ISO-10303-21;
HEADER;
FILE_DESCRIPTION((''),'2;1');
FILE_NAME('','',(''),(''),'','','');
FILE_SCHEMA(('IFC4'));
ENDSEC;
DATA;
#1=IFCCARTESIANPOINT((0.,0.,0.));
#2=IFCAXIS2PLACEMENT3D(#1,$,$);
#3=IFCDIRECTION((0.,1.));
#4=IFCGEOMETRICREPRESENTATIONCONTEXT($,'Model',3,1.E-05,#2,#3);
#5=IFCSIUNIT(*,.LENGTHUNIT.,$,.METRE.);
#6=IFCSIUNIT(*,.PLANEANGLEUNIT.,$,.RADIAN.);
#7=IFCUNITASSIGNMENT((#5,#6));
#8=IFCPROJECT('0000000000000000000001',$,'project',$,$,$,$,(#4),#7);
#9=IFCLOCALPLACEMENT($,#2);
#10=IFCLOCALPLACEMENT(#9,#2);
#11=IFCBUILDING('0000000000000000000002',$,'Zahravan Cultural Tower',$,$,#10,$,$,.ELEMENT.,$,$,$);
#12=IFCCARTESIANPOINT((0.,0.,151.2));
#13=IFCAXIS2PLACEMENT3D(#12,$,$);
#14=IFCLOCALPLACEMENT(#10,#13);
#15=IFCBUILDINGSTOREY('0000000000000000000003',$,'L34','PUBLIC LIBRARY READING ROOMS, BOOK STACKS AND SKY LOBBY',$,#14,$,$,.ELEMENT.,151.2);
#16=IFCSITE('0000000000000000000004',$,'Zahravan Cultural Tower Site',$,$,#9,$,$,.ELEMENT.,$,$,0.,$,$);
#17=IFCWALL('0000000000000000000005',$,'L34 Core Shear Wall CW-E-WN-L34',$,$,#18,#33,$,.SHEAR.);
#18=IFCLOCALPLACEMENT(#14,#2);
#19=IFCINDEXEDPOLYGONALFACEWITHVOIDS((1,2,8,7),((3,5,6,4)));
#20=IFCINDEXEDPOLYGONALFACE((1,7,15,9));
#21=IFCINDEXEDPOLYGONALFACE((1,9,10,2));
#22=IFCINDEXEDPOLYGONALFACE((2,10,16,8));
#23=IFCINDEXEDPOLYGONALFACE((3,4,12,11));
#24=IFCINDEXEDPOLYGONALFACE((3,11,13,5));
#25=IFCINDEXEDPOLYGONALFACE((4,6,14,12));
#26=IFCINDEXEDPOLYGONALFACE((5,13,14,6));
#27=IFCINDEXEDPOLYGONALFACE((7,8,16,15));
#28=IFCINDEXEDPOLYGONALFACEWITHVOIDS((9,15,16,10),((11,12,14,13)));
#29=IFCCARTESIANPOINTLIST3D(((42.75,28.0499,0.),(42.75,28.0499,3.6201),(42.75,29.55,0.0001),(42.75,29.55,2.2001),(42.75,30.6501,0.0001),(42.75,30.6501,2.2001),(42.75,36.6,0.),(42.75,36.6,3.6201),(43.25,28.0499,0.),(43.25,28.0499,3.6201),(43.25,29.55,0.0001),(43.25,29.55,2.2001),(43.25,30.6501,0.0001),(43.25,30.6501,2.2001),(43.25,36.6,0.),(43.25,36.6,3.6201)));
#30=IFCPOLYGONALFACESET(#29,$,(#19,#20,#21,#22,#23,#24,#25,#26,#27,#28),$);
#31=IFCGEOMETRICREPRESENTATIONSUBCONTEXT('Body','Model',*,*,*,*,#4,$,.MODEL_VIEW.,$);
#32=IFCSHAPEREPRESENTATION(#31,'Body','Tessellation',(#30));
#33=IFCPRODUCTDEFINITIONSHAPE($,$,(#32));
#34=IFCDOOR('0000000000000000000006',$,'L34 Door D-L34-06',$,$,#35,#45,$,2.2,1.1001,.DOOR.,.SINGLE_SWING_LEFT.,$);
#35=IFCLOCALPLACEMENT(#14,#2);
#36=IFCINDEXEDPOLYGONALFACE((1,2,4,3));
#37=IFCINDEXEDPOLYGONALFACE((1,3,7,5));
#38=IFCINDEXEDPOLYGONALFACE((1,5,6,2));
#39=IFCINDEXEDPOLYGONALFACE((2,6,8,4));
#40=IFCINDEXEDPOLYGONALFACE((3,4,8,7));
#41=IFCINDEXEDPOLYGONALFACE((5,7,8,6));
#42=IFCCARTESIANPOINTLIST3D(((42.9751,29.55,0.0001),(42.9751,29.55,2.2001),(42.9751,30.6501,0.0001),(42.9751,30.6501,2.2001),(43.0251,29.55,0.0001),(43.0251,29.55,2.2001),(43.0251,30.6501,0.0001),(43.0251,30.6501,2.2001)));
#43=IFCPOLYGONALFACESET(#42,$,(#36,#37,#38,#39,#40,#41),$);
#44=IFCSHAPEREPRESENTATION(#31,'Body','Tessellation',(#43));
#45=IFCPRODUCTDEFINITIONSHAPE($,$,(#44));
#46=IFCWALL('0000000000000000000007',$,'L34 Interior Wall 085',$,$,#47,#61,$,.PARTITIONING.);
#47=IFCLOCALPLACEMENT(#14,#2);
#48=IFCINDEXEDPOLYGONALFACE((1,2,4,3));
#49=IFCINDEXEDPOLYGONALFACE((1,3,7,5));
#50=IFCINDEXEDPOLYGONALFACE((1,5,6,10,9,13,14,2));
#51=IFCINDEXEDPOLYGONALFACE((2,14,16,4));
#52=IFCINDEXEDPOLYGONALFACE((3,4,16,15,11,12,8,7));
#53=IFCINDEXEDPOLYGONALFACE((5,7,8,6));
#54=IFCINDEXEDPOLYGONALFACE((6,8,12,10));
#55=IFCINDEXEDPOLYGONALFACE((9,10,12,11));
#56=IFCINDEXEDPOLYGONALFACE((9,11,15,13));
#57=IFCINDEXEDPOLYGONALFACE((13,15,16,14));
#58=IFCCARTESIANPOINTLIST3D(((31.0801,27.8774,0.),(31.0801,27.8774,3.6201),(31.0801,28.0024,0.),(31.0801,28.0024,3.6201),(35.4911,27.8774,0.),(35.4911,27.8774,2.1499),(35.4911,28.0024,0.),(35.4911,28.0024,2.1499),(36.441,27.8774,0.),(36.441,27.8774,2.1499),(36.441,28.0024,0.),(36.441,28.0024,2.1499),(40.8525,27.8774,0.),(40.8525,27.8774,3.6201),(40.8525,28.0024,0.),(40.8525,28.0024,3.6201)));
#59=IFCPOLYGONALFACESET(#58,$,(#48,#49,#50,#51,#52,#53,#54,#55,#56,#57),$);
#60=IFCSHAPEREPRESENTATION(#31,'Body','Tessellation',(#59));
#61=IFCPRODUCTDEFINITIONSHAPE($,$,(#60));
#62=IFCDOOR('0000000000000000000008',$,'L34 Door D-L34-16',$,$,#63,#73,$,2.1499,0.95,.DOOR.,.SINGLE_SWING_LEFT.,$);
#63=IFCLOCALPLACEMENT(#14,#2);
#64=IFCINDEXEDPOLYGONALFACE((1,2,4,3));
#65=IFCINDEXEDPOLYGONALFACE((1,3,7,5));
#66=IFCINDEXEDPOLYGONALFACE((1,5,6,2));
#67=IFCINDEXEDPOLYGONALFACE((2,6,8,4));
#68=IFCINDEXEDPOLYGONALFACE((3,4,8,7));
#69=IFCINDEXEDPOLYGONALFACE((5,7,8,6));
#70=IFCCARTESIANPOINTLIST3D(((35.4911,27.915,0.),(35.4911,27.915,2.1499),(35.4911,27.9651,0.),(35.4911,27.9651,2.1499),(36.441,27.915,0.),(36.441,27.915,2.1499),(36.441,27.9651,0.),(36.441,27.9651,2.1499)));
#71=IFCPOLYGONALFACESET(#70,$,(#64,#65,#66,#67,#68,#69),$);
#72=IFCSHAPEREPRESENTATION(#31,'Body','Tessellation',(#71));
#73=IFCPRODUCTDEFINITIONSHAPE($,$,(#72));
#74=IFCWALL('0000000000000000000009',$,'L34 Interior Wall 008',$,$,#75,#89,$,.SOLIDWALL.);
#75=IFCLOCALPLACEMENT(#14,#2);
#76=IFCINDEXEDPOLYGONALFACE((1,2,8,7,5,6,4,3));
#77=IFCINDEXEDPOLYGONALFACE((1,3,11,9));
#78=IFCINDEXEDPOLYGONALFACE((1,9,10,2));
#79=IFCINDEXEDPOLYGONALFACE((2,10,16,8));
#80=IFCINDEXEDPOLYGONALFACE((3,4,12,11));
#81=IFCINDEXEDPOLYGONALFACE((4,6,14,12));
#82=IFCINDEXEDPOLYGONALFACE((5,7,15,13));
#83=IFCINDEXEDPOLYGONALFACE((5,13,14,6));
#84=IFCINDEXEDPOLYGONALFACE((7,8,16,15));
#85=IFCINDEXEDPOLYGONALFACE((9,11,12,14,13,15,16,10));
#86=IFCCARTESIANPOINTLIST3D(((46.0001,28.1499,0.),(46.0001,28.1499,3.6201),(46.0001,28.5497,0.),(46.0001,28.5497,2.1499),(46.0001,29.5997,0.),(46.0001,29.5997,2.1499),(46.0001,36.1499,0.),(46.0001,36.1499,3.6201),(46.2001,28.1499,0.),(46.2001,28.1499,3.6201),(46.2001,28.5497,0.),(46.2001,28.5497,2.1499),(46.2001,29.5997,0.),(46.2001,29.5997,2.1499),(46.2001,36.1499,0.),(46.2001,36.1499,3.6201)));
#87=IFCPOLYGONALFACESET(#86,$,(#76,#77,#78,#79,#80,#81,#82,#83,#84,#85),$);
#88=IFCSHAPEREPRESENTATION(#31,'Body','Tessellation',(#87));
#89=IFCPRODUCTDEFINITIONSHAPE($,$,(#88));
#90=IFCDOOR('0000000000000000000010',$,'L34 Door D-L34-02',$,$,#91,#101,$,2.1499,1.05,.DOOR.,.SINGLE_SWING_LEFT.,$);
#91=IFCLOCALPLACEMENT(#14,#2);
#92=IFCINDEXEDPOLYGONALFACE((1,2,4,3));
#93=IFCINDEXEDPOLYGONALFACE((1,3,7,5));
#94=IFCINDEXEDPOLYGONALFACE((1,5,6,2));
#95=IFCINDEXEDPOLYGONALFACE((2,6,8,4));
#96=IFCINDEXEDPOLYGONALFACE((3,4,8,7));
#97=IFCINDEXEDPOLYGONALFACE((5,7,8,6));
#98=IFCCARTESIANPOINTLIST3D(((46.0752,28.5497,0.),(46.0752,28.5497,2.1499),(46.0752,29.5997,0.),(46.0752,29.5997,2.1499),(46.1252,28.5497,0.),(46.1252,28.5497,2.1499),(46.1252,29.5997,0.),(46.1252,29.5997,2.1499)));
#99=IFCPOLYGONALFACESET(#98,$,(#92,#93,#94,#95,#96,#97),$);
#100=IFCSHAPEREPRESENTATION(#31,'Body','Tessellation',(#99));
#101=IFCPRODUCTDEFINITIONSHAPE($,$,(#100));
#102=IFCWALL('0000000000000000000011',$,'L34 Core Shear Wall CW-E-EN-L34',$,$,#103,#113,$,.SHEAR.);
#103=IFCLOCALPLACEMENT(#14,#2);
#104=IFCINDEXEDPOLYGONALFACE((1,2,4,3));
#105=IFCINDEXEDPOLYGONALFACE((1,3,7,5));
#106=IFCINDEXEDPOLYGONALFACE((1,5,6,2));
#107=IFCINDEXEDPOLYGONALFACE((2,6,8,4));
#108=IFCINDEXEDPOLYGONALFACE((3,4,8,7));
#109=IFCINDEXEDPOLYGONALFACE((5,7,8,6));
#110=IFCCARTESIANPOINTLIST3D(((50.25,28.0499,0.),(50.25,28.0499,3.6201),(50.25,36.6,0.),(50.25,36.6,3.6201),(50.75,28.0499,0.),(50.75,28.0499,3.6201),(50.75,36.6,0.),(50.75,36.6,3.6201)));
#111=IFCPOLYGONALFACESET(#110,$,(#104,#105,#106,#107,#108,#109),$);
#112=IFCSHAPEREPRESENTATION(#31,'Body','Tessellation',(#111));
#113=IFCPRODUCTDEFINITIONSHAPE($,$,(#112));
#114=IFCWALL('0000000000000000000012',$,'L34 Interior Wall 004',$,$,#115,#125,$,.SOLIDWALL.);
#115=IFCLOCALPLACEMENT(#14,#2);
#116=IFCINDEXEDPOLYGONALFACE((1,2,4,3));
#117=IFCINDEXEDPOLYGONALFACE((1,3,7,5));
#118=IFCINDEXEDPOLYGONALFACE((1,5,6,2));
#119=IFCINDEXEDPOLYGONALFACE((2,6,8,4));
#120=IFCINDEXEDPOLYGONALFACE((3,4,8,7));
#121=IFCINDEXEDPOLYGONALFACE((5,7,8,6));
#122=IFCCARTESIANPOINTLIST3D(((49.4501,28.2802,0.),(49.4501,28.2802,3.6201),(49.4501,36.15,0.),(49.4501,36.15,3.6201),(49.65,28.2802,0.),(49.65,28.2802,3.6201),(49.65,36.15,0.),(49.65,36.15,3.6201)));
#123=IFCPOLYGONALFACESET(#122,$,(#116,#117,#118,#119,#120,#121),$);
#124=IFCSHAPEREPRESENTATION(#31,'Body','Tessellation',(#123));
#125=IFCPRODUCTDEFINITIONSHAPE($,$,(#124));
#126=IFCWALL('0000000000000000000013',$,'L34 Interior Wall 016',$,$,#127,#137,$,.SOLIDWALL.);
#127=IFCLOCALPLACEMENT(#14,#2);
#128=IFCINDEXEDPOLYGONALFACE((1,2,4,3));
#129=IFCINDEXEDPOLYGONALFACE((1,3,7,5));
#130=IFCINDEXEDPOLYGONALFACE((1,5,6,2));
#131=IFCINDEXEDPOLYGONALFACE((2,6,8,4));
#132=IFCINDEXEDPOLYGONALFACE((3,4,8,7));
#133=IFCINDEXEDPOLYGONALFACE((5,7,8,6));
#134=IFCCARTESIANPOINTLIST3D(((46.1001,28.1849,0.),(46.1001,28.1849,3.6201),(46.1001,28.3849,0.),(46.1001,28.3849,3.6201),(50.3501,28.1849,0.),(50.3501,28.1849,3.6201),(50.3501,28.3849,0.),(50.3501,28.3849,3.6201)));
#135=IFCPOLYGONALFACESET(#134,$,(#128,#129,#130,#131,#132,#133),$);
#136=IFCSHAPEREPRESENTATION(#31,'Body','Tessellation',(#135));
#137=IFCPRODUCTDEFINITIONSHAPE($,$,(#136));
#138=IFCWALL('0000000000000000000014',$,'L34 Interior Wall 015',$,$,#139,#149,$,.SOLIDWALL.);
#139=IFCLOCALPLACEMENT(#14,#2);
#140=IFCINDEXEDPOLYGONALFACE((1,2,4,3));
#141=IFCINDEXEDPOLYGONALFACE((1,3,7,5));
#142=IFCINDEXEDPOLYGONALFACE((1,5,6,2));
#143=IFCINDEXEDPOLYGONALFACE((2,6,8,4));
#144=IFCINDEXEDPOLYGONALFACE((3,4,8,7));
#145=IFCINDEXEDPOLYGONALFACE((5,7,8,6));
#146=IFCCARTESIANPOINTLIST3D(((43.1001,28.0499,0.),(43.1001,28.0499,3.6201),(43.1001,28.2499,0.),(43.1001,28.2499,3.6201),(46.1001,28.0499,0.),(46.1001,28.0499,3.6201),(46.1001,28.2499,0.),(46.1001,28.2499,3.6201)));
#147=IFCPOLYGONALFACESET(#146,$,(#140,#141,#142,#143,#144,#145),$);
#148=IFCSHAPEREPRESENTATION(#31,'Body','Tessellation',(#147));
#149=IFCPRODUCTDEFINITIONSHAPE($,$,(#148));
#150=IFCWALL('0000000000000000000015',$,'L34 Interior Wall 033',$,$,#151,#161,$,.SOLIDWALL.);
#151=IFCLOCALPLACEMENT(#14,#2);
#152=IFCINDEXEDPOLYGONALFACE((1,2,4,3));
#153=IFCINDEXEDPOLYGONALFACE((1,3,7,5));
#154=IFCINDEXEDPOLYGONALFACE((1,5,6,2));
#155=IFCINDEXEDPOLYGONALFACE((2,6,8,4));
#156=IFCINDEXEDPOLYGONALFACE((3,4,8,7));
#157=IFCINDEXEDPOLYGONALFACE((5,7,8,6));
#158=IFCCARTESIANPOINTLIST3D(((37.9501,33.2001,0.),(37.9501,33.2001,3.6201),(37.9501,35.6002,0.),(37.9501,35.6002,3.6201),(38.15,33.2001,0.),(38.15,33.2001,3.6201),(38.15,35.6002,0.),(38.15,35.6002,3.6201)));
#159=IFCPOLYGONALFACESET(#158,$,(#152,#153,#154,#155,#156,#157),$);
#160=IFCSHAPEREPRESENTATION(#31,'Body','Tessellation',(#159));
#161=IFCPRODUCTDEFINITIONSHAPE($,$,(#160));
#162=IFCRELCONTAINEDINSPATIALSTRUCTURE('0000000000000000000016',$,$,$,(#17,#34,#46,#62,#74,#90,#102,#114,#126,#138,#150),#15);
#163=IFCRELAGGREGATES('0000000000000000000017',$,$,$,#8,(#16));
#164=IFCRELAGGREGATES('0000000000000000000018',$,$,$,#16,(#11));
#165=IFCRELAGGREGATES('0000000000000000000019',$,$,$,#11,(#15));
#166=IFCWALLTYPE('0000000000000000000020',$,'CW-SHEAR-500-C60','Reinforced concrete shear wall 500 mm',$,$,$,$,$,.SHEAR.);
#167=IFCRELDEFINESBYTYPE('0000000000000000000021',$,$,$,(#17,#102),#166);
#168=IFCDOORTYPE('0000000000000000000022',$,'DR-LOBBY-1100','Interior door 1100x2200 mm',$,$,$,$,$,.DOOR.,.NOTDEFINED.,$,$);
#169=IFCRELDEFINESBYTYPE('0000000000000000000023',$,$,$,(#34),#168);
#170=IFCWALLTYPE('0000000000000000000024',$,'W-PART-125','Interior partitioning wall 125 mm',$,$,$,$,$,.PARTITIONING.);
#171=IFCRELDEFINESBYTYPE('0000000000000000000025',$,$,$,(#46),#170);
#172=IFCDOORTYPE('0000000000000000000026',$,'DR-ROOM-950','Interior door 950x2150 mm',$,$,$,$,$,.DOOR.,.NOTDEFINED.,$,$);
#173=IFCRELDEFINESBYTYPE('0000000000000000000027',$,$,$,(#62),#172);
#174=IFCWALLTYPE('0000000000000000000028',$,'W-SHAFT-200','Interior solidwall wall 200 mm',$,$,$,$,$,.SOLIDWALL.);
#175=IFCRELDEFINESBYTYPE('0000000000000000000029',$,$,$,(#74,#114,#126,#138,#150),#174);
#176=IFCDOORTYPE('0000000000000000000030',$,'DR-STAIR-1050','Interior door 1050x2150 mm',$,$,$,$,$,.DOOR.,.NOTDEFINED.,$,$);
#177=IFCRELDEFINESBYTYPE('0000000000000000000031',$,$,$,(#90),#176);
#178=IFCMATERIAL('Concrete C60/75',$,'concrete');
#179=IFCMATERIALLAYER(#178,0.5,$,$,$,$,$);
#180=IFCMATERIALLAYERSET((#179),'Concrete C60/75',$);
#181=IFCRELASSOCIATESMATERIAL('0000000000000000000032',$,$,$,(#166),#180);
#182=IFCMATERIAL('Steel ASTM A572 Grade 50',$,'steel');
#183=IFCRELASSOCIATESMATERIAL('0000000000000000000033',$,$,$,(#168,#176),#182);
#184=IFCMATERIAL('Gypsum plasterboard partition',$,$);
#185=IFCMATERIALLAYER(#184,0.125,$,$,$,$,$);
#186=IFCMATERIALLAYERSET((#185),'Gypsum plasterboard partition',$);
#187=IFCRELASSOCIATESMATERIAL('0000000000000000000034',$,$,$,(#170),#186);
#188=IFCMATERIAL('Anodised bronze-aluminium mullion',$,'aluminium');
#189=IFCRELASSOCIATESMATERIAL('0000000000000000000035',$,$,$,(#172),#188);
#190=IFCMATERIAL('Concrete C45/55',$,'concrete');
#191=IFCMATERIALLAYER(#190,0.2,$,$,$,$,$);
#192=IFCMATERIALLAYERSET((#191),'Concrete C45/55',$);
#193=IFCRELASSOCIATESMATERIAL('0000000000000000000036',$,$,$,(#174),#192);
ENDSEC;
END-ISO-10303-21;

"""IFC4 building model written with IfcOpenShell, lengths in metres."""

from ifc_helpers import new_model, si_unit, direction, frame, frame_2d, origin, place, context, subcontext, project, spatial, rectangle, extrude, source, transform, mapped, material, layer, layer_set, type_object, element, fill, save


model = new_model("IFC4")

# Units and contexts
model_context = context("Model", 3, precision=1e-05, world=origin(), true_north=direction((0.0, 1.0)))
body_context = subcontext(model_context, "Body", "Model", "MODEL_VIEW")
ifc_project = project(units=[si_unit("LENGTHUNIT", "METRE"), si_unit("PLANEANGLEUNIT", "RADIAN")], contexts=[model_context])

# Site, building, storey
site_placement = place(None, origin())
site = spatial("IfcSite", under=ifc_project, at=site_placement, Name="Zahravan Cultural Tower Site", CompositionType="ELEMENT", RefElevation=0.0)
building_placement = place(site_placement, origin())
building = spatial("IfcBuilding", under=site, at=building_placement, Name="Zahravan Cultural Tower", CompositionType="ELEMENT")
storey_placement = place(building_placement, frame((0.0, 0.0, 151.2)))
storey = spatial("IfcBuildingStorey", under=building, at=storey_placement, Name="L34", Description="PUBLIC LIBRARY READING ROOMS, BOOK STACKS AND SKY LOBBY", CompositionType="ELEMENT", Elevation=151.2)

# Walls, openings, doors
ifc_material_1 = material(Name="Concrete C60/75", Category="concrete")
ifc_layer_1 = layer(ifc_material_1, 0.5)
ifc_layer_set_1 = layer_set([ifc_layer_1], Name="Concrete C60/75")
wall_type_1 = type_object("IfcWallType", Name="CW-SHEAR-500-C60", Description="Reinforced concrete shear wall 500 mm", PredefinedType="SHEAR", material=ifc_layer_set_1)
wall_1_placement = place(storey_placement, frame((43.0, 28.05, 0.0), z_axis=(0.0, 0.0, 1.0), x_axis=(0.0, 1.0, 0.0)))
wall_1 = element("IfcWall", 1, at=wall_1_placement, inside=storey, type_object=wall_type_1, Name="L34 Core Shear Wall CW-E-WN-L34", PredefinedType="SHEAR", context=body_context, shape_type="SweptSolid", body=[
    extrude(rectangle(XDim=8.55, YDim=0.5, at=frame_2d((4.2749, 0.0))), origin(), (0.0, 0.0, 1.0), 3.6201),
])
opening_1_placement = place(wall_1_placement, frame((1.5, 0.0, 0.0)))
opening_1 = element("IfcOpeningElement", 2, at=opening_1_placement, cuts=wall_1, PredefinedType="OPENING", context=body_context, shape_type="SweptSolid", body=[
    extrude(rectangle(XDim=1.1001, YDim=2.2, at=frame_2d((0.55, 1.1001))), frame((0.0, 0.26, 0.0), z_axis=(0.0, -1.0, 0.0), x_axis=(1.0, 0.0, 0.0)), (0.0, 0.0, 1.0), 0.52),
])
ifc_material_2 = material(Name="Steel ASTM A572 Grade 50", Category="steel")
door_type_1 = type_object("IfcDoorType", Name="DR-LOBBY-1100", Description="Interior door 1100x2200 mm", OperationType="NOTDEFINED", PredefinedType="DOOR", material=ifc_material_2)
shared_shape_1 = source(origin(), body_context, "Body", "SweptSolid", [
    extrude(rectangle(XDim=1.1001, YDim=2.2, at=frame_2d((0.55, 1.1001))), frame((0.0, 0.0249, 0.0), z_axis=(0.0, -1.0, 0.0), x_axis=(1.0, 0.0, 0.0)), (0.0, 0.0, 1.0), 0.05),
])
door_1_placement = place(opening_1_placement, origin())
door_1 = element("IfcDoor", 3, at=door_1_placement, inside=storey, type_object=door_type_1, Name="L34 Door D-L34-06", OperationType="SINGLE_SWING_LEFT", OverallHeight=2.2, OverallWidth=1.1001, PredefinedType="DOOR", context=body_context, shape_type="MappedRepresentation", body=[
    mapped(shared_shape_1, transform((0.0, 0.0, 0.0), x_axis=(1.0, 0.0, 0.0), y_axis=(0.0, 1.0, 0.0), z_axis=(0.0, 0.0, 1.0), scale=1.0)),
])
fill(opening_1, door_1)
ifc_material_3 = material(Name="Gypsum plasterboard partition")
ifc_layer_2 = layer(ifc_material_3, 0.125)
ifc_layer_set_2 = layer_set([ifc_layer_2], Name="Gypsum plasterboard partition")
wall_type_2 = type_object("IfcWallType", Name="W-PART-125", Description="Interior partitioning wall 125 mm", PredefinedType="PARTITIONING", material=ifc_layer_set_2)
wall_2_placement = place(storey_placement, frame((40.8525, 27.9399, 0.0), z_axis=(0.0, 0.0, 1.0), x_axis=(-1.0, 0.0, 0.0)))
wall_2 = element("IfcWall", 4, at=wall_2_placement, inside=storey, type_object=wall_type_2, Name="L34 Interior Wall 085", PredefinedType="PARTITIONING", context=body_context, shape_type="SweptSolid", body=[
    extrude(rectangle(XDim=9.7725, YDim=0.125, at=frame_2d((4.8862, 0.0))), origin(), (0.0, 0.0, 1.0), 3.6201),
])
opening_2_placement = place(wall_2_placement, frame((4.4114, 0.0, 0.0)))
opening_2 = element("IfcOpeningElement", 5, at=opening_2_placement, cuts=wall_2, PredefinedType="OPENING", context=body_context, shape_type="SweptSolid", body=[
    extrude(rectangle(XDim=0.95, YDim=2.1499, at=frame_2d((0.4751, 1.075))), frame((0.0, 0.0725, 0.0), z_axis=(0.0, -1.0, 0.0), x_axis=(1.0, 0.0, 0.0)), (0.0, 0.0, 1.0), 0.145),
])
ifc_material_4 = material(Name="Anodised bronze-aluminium mullion", Category="aluminium")
door_type_2 = type_object("IfcDoorType", Name="DR-ROOM-950", Description="Interior door 950x2150 mm", OperationType="NOTDEFINED", PredefinedType="DOOR", material=ifc_material_4)
shared_shape_2 = source(origin(), body_context, "Body", "SweptSolid", [
    extrude(rectangle(XDim=0.95, YDim=2.1499, at=frame_2d((0.4751, 1.075))), frame((0.0, 0.0249, 0.0), z_axis=(0.0, -1.0, 0.0), x_axis=(1.0, 0.0, 0.0)), (0.0, 0.0, 1.0), 0.05),
])
door_2_placement = place(opening_2_placement, origin())
door_2 = element("IfcDoor", 6, at=door_2_placement, inside=storey, type_object=door_type_2, Name="L34 Door D-L34-16", OperationType="SINGLE_SWING_LEFT", OverallHeight=2.1499, OverallWidth=0.95, PredefinedType="DOOR", context=body_context, shape_type="MappedRepresentation", body=[
    mapped(shared_shape_2, transform((0.0, 0.0, 0.0), x_axis=(1.0, 0.0, 0.0), y_axis=(0.0, 1.0, 0.0), z_axis=(0.0, 0.0, 1.0), scale=1.0)),
])
fill(opening_2, door_2)
ifc_material_5 = material(Name="Concrete C45/55", Category="concrete")
ifc_layer_3 = layer(ifc_material_5, 0.2)
ifc_layer_set_3 = layer_set([ifc_layer_3], Name="Concrete C45/55")
wall_type_3 = type_object("IfcWallType", Name="W-SHAFT-200", Description="Interior solidwall wall 200 mm", PredefinedType="SOLIDWALL", material=ifc_layer_set_3)
wall_3_placement = place(storey_placement, frame((46.1001, 28.1499, 0.0), z_axis=(0.0, 0.0, 1.0), x_axis=(0.0, 1.0, 0.0)))
wall_3 = element("IfcWall", 7, at=wall_3_placement, inside=storey, type_object=wall_type_3, Name="L34 Interior Wall 008", PredefinedType="SOLIDWALL", context=body_context, shape_type="SweptSolid", body=[
    extrude(rectangle(XDim=8.0, YDim=0.2, at=frame_2d((4.0, 0.0))), origin(), (0.0, 0.0, 1.0), 3.6201),
])
opening_3_placement = place(wall_3_placement, frame((0.3999, 0.0, 0.0)))
opening_3 = element("IfcOpeningElement", 8, at=opening_3_placement, cuts=wall_3, PredefinedType="OPENING", context=body_context, shape_type="SweptSolid", body=[
    extrude(rectangle(XDim=1.05, YDim=2.1499, at=frame_2d((0.5249, 1.075))), frame((0.0, 0.1099, 0.0), z_axis=(0.0, -1.0, 0.0), x_axis=(1.0, 0.0, 0.0)), (0.0, 0.0, 1.0), 0.22),
])
door_type_3 = type_object("IfcDoorType", Name="DR-STAIR-1050", Description="Interior door 1050x2150 mm", OperationType="NOTDEFINED", PredefinedType="DOOR", material=ifc_material_2)
shared_shape_3 = source(origin(), body_context, "Body", "SweptSolid", [
    extrude(rectangle(XDim=1.05, YDim=2.1499, at=frame_2d((0.5249, 1.075))), frame((0.0, 0.0249, 0.0), z_axis=(0.0, -1.0, 0.0), x_axis=(1.0, 0.0, 0.0)), (0.0, 0.0, 1.0), 0.05),
])
door_3_placement = place(opening_3_placement, origin())
door_3 = element("IfcDoor", 9, at=door_3_placement, inside=storey, type_object=door_type_3, Name="L34 Door D-L34-02", OperationType="SINGLE_SWING_LEFT", OverallHeight=2.1499, OverallWidth=1.05, PredefinedType="DOOR", context=body_context, shape_type="MappedRepresentation", body=[
    mapped(shared_shape_3, transform((0.0, 0.0, 0.0), x_axis=(1.0, 0.0, 0.0), y_axis=(0.0, 1.0, 0.0), z_axis=(0.0, 0.0, 1.0), scale=1.0)),
])
fill(opening_3, door_3)

# Walls
shared_shape_4 = source(origin(), body_context, "Body", "SweptSolid", [
    extrude(rectangle(XDim=8.55, YDim=0.5, at=frame_2d((4.2749, 0.0))), origin(), (0.0, 0.0, 1.0), 3.6201),
])
wall_4_placement = place(storey_placement, frame((50.5, 28.05, 0.0), z_axis=(0.0, 0.0, 1.0), x_axis=(0.0, 1.0, 0.0)))
element("IfcWall", 10, at=wall_4_placement, inside=storey, type_object=wall_type_1, Name="L34 Core Shear Wall CW-E-EN-L34", PredefinedType="SHEAR", context=body_context, shape_type="MappedRepresentation", body=[
    mapped(shared_shape_4, transform((0.0, 0.0, 0.0), x_axis=(1.0, 0.0, 0.0), y_axis=(0.0, 1.0, 0.0), z_axis=(0.0, 0.0, 1.0), scale=1.0)),
])
shared_shape_5 = source(origin(), body_context, "Body", "SweptSolid", [
    extrude(rectangle(XDim=7.8699, YDim=0.2, at=frame_2d((3.9351, 0.0))), origin(), (0.0, 0.0, 1.0), 3.6201),
])
wall_5_placement = place(storey_placement, frame((49.55, 28.28, 0.0), z_axis=(0.0, 0.0, 1.0), x_axis=(0.0, 1.0, 0.0)))
element("IfcWall", 11, at=wall_5_placement, inside=storey, type_object=wall_type_3, Name="L34 Interior Wall 004", PredefinedType="SOLIDWALL", context=body_context, shape_type="MappedRepresentation", body=[
    mapped(shared_shape_5, transform((0.0, 0.0, 0.0), x_axis=(1.0, 0.0, 0.0), y_axis=(0.0, 1.0, 0.0), z_axis=(0.0, 0.0, 1.0), scale=1.0)),
])
shared_shape_6 = source(origin(), body_context, "Body", "SweptSolid", [
    extrude(rectangle(XDim=4.25, YDim=0.2, at=frame_2d((2.125, 0.0))), origin(), (0.0, 0.0, 1.0), 3.6201),
])
wall_6_placement = place(storey_placement, frame((46.1001, 28.2849, 0.0), z_axis=(0.0, 0.0, 1.0), x_axis=(1.0, 0.0, 0.0)))
element("IfcWall", 12, at=wall_6_placement, inside=storey, type_object=wall_type_3, Name="L34 Interior Wall 016", PredefinedType="SOLIDWALL", context=body_context, shape_type="MappedRepresentation", body=[
    mapped(shared_shape_6, transform((0.0, 0.0, 0.0), x_axis=(1.0, 0.0, 0.0), y_axis=(0.0, 1.0, 0.0), z_axis=(0.0, 0.0, 1.0), scale=1.0)),
])
shared_shape_7 = source(origin(), body_context, "Body", "SweptSolid", [
    extrude(rectangle(XDim=3.0, YDim=0.2, at=frame_2d((1.5, 0.0))), origin(), (0.0, 0.0, 1.0), 3.6201),
])
wall_7_placement = place(storey_placement, frame((43.1001, 28.1499, 0.0), z_axis=(0.0, 0.0, 1.0), x_axis=(1.0, 0.0, 0.0)))
element("IfcWall", 13, at=wall_7_placement, inside=storey, type_object=wall_type_3, Name="L34 Interior Wall 015", PredefinedType="SOLIDWALL", context=body_context, shape_type="MappedRepresentation", body=[
    mapped(shared_shape_7, transform((0.0, 0.0, 0.0), x_axis=(1.0, 0.0, 0.0), y_axis=(0.0, 1.0, 0.0), z_axis=(0.0, 0.0, 1.0), scale=1.0)),
])
shared_shape_8 = source(origin(), body_context, "Body", "SweptSolid", [
    extrude(rectangle(XDim=2.4001, YDim=0.2, at=frame_2d((1.2002, 0.0))), origin(), (0.0, 0.0, 1.0), 3.6201),
])
for number, where, z_axis, x_axis, name in (
    (14, (38.05, 33.2, 0.0), (0.0, 0.0, 1.0), (0.0, 1.0, 0.0), "L34 Interior Wall 033"),
):
    element("IfcWall", number, at=place(storey_placement, frame(where, z_axis=z_axis, x_axis=x_axis)), inside=storey, type_object=wall_type_3, Name=name, PredefinedType="SOLIDWALL", context=body_context, shape_type="MappedRepresentation", body=[
        mapped(shared_shape_8, transform((0.0, 0.0, 0.0), x_axis=(1.0, 0.0, 0.0), y_axis=(0.0, 1.0, 0.0), z_axis=(0.0, 0.0, 1.0), scale=1.0)),
    ])

save(model, "model.ifc")
